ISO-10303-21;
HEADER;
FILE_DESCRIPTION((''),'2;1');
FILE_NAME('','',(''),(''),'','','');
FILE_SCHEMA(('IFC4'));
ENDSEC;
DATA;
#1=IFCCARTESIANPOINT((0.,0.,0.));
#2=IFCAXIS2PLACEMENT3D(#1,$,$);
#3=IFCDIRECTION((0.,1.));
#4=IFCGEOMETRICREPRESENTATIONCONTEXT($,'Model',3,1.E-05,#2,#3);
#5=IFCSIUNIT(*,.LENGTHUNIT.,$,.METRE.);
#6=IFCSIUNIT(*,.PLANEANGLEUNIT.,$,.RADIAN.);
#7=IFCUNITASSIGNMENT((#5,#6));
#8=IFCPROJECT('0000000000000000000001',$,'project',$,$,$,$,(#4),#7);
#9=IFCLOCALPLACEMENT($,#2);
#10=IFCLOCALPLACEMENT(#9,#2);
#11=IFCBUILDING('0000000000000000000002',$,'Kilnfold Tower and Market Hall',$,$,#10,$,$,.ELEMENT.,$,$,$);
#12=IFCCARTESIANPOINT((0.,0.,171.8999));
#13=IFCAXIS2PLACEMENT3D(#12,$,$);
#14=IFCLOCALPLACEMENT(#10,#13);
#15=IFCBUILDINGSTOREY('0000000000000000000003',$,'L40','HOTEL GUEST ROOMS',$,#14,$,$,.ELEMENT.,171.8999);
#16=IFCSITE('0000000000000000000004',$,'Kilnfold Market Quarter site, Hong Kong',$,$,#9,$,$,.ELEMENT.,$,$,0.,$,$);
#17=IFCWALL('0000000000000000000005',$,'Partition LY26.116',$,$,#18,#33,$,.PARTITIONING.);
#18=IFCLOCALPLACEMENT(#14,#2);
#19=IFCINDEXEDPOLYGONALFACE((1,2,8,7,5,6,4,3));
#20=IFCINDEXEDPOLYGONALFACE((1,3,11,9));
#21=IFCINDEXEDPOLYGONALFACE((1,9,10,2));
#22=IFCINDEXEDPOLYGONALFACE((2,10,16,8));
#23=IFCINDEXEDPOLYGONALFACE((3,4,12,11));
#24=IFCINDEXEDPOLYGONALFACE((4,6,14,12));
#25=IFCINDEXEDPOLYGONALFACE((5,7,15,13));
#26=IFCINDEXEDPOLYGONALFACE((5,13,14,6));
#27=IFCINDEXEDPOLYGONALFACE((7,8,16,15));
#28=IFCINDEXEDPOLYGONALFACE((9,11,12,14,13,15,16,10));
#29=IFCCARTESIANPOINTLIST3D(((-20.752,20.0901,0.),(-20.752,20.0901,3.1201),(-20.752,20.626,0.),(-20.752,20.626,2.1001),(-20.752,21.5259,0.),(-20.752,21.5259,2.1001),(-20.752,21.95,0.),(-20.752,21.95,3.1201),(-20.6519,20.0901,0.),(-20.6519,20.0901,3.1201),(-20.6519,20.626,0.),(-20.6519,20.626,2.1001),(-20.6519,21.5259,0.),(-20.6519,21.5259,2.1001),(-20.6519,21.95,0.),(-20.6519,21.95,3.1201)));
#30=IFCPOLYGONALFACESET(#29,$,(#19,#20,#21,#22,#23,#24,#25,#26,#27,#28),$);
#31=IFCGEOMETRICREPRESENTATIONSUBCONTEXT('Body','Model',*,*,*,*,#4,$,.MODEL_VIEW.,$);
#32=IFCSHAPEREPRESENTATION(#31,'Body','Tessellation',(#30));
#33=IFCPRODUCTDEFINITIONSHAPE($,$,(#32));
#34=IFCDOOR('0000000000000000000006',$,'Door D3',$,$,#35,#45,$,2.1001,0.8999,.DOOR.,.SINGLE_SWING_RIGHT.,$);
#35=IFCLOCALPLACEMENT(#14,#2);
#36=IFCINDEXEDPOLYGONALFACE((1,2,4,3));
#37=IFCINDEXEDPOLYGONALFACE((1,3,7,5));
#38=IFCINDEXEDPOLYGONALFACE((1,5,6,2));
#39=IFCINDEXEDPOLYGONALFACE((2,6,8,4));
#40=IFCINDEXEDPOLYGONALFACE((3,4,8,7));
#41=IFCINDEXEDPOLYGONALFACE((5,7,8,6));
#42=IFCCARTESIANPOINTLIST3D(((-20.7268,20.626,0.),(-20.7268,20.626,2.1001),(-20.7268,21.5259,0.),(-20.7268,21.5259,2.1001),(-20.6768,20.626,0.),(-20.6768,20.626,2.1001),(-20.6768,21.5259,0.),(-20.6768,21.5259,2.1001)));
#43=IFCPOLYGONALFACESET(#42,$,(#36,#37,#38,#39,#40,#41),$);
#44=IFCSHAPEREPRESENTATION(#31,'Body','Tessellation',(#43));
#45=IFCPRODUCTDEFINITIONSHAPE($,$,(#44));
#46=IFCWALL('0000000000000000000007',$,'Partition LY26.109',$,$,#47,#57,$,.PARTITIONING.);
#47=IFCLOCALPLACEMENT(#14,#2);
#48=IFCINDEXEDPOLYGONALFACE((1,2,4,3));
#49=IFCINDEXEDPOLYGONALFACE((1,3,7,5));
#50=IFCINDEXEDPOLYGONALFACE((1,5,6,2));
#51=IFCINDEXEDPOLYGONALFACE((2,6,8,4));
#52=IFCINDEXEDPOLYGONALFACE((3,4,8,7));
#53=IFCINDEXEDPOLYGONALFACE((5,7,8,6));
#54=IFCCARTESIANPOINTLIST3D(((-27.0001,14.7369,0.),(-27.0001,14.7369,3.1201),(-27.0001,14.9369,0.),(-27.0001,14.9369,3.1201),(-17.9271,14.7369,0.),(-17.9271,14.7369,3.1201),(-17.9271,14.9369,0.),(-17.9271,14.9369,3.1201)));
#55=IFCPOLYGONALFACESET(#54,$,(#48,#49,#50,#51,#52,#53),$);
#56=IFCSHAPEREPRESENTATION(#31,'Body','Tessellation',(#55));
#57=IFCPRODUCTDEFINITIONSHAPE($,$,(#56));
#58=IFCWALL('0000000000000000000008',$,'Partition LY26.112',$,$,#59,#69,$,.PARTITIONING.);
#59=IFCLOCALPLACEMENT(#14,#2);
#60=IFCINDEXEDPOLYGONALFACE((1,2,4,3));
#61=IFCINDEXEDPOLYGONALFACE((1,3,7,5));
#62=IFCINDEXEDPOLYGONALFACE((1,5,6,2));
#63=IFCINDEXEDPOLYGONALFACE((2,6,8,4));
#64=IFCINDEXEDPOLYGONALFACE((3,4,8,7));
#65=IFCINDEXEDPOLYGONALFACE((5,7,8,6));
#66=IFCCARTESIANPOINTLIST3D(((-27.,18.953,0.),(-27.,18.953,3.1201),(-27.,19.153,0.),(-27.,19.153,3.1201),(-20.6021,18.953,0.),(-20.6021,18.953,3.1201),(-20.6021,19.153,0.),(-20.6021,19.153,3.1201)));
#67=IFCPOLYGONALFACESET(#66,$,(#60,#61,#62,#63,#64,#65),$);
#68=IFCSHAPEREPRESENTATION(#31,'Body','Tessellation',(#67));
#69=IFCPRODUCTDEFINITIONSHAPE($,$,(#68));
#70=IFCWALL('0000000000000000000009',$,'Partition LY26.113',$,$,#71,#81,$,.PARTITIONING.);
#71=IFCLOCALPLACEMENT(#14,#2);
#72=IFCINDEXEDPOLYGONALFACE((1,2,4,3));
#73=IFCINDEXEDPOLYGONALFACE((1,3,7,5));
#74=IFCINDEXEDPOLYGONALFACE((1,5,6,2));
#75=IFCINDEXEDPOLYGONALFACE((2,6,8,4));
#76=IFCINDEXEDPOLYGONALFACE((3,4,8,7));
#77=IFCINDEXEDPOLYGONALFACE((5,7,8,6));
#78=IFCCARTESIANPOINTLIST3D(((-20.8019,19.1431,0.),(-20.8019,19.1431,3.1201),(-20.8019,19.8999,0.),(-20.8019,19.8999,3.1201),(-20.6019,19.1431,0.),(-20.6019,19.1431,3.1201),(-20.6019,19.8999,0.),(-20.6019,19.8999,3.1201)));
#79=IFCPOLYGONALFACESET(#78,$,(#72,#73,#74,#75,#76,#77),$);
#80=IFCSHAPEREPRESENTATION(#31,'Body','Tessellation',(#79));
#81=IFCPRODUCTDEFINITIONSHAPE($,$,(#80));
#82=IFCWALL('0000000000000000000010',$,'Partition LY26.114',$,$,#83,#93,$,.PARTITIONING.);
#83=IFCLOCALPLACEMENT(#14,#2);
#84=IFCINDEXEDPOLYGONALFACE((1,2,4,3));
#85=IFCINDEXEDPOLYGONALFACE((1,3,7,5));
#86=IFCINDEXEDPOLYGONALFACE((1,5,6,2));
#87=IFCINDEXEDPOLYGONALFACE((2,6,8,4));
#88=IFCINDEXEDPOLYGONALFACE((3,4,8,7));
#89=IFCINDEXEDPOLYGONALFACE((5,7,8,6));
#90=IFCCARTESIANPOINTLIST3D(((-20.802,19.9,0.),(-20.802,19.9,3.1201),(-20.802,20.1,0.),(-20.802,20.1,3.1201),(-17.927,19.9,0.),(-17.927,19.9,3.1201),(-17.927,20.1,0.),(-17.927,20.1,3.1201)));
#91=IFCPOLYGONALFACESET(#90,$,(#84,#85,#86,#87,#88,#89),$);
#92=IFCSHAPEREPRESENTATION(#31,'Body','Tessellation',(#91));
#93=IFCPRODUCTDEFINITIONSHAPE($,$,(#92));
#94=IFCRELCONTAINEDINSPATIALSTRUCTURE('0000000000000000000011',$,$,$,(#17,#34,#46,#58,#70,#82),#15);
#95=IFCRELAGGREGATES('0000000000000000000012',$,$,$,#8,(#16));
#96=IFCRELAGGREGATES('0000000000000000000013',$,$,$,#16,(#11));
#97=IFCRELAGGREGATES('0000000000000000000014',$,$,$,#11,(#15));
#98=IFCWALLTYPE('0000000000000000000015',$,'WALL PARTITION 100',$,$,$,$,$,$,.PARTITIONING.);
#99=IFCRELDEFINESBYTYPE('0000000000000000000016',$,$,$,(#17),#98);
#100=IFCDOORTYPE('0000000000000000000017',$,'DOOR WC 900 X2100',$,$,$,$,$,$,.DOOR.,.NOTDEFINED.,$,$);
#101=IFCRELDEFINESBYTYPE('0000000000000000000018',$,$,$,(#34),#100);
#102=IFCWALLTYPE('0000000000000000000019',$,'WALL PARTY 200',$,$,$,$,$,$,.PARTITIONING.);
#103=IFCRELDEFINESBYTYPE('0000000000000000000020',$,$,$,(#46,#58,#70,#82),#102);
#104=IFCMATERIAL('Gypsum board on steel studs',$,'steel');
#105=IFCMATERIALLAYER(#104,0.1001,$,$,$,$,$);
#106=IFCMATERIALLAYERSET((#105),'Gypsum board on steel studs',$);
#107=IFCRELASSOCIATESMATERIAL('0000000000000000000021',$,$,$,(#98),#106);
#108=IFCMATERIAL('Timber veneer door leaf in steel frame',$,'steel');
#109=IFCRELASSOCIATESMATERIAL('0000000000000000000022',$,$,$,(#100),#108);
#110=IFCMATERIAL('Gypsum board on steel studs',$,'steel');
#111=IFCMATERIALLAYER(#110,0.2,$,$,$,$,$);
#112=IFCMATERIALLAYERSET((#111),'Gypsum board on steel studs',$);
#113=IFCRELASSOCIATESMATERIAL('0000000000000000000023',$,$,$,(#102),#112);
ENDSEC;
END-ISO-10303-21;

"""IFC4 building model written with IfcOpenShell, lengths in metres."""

from ifc_helpers import new_model, si_unit, direction, frame, frame_2d, origin, place, context, subcontext, project, spatial, rectangle, extrude, material, layer, layer_set, type_object, element, fill, save


model = new_model("IFC4")

# Units and contexts
model_context = context("Model", 3, precision=1e-05, world=origin(), true_north=direction((0.0, 1.0)))
body_context = subcontext(model_context, "Body", "Model", "MODEL_VIEW")
ifc_project = project(units=[si_unit("LENGTHUNIT", "METRE"), si_unit("PLANEANGLEUNIT", "RADIAN")], contexts=[model_context])

# Site, building, storey
site_placement = place(None, origin())
site = spatial("IfcSite", under=ifc_project, at=site_placement, Name="Kilnfold Market Quarter site, Hong Kong", CompositionType="ELEMENT", RefElevation=0.0)
building_placement = place(site_placement, origin())
building = spatial("IfcBuilding", under=site, at=building_placement, Name="Kilnfold Tower and Market Hall", CompositionType="ELEMENT")
storey_placement = place(building_placement, frame((0.0, 0.0, 171.8999)))
storey = spatial("IfcBuildingStorey", under=building, at=storey_placement, Name="L40", Description="HOTEL GUEST ROOMS", CompositionType="ELEMENT", Elevation=171.8999)

# Shared definitions
ifc_material_1 = material(Name="Gypsum board on steel studs", Category="steel")
ifc_layer_1 = layer(ifc_material_1, 0.1001)
ifc_layer_set_1 = layer_set([ifc_layer_1], Name="Gypsum board on steel studs")
wall_type_1 = type_object("IfcWallType", Name="WALL PARTITION 100", PredefinedType="PARTITIONING", material=ifc_layer_set_1)
ifc_material_2 = material(Name="Timber veneer door leaf in steel frame", Category="steel")
door_type_1 = type_object("IfcDoorType", Name="DOOR WC 900 X2100", OperationType="NOTDEFINED", PredefinedType="DOOR", material=ifc_material_2)

# Wall, opening, door
wall_1_placement = place(storey_placement, frame((-20.7019, 20.0901, 0.0), z_axis=(0.0, 0.0, 1.0), x_axis=(0.0, 1.0, 0.0)))
wall_1 = element("IfcWall", 1, at=wall_1_placement, inside=storey, type_object=wall_type_1, Name="Partition LY26.116", PredefinedType="PARTITIONING", context=body_context, shape_type="SweptSolid", body=[
    extrude(rectangle(XDim=1.8599, YDim=0.1001, at=frame_2d((0.9299, 0.0))), origin(), (0.0, 0.0, 1.0), 3.1201),
])
opening_1_placement = place(wall_1_placement, frame((0.5359, 0.0, 0.0)))
opening_1 = element("IfcOpeningElement", 2, at=opening_1_placement, cuts=wall_1, PredefinedType="OPENING", context=body_context, shape_type="SweptSolid", body=[
    extrude(rectangle(XDim=0.8999, YDim=2.1001, at=frame_2d((0.45, 1.05))), frame((0.0, 0.0601, 0.0), z_axis=(0.0, -1.0, 0.0), x_axis=(1.0, 0.0, 0.0)), (0.0, 0.0, 1.0), 0.1201),
])
door_1_placement = place(opening_1_placement, origin())
door_1 = element("IfcDoor", 3, at=door_1_placement, inside=storey, type_object=door_type_1, Name="Door D3", OperationType="SINGLE_SWING_RIGHT", OverallHeight=2.1001, OverallWidth=0.8999, PredefinedType="DOOR", context=body_context, shape_type="SweptSolid", body=[
    extrude(rectangle(XDim=0.8999, YDim=2.1001, at=frame_2d((0.45, 1.05))), frame((0.0, 0.0249, 0.0), z_axis=(0.0, -1.0, 0.0), x_axis=(1.0, 0.0, 0.0)), (0.0, 0.0, 1.0), 0.05),
])
fill(opening_1, door_1)

# Walls
ifc_material_3 = material(Name="Gypsum board on steel studs", Category="steel")
ifc_layer_2 = layer(ifc_material_3, 0.2)
ifc_layer_set_2 = layer_set([ifc_layer_2], Name="Gypsum board on steel studs")
wall_type_2 = type_object("IfcWallType", Name="WALL PARTY 200", PredefinedType="PARTITIONING", material=ifc_layer_set_2)
wall_2_placement = place(storey_placement, frame((-17.927, 14.8369, 0.0), z_axis=(0.0, 0.0, 1.0), x_axis=(-1.0, 0.0, 0.0)))
element("IfcWall", 4, at=wall_2_placement, inside=storey, type_object=wall_type_2, Name="Partition LY26.109", PredefinedType="PARTITIONING", context=body_context, shape_type="SweptSolid", body=[
    extrude(rectangle(XDim=9.073, YDim=0.2, at=frame_2d((4.5366, 0.0))), origin(), (0.0, 0.0, 1.0), 3.1201),
])
wall_3_placement = place(storey_placement, frame((-20.6021, 19.053, 0.0), z_axis=(0.0, 0.0, 1.0), x_axis=(-1.0, 0.0, 0.0)))
element("IfcWall", 5, at=wall_3_placement, inside=storey, type_object=wall_type_2, Name="Partition LY26.112", PredefinedType="PARTITIONING", context=body_context, shape_type="SweptSolid", body=[
    extrude(rectangle(XDim=6.3979, YDim=0.2, at=frame_2d((3.199, 0.0))), origin(), (0.0, 0.0, 1.0), 3.1201),
])
wall_4_placement = place(storey_placement, frame((-20.7019, 19.8999, 0.0), z_axis=(0.0, 0.0, 1.0), x_axis=(0.0, -1.0, 0.0)))
element("IfcWall", 6, at=wall_4_placement, inside=storey, type_object=wall_type_2, Name="Partition LY26.113", PredefinedType="PARTITIONING", context=body_context, shape_type="SweptSolid", body=[
    extrude(rectangle(XDim=0.7568, YDim=0.2, at=frame_2d((0.3784, 0.0))), origin(), (0.0, 0.0, 1.0), 3.1201),
])
wall_5_placement = place(storey_placement, frame((-17.927, 20.0, 0.0), z_axis=(0.0, 0.0, 1.0), x_axis=(-1.0, 0.0, 0.0)))
element("IfcWall", 7, at=wall_5_placement, inside=storey, type_object=wall_type_2, Name="Partition LY26.114", PredefinedType="PARTITIONING", context=body_context, shape_type="SweptSolid", body=[
    extrude(rectangle(XDim=2.875, YDim=0.2, at=frame_2d((1.4375, 0.0))), origin(), (0.0, 0.0, 1.0), 3.1201),
])

save(model, "model.ifc")
